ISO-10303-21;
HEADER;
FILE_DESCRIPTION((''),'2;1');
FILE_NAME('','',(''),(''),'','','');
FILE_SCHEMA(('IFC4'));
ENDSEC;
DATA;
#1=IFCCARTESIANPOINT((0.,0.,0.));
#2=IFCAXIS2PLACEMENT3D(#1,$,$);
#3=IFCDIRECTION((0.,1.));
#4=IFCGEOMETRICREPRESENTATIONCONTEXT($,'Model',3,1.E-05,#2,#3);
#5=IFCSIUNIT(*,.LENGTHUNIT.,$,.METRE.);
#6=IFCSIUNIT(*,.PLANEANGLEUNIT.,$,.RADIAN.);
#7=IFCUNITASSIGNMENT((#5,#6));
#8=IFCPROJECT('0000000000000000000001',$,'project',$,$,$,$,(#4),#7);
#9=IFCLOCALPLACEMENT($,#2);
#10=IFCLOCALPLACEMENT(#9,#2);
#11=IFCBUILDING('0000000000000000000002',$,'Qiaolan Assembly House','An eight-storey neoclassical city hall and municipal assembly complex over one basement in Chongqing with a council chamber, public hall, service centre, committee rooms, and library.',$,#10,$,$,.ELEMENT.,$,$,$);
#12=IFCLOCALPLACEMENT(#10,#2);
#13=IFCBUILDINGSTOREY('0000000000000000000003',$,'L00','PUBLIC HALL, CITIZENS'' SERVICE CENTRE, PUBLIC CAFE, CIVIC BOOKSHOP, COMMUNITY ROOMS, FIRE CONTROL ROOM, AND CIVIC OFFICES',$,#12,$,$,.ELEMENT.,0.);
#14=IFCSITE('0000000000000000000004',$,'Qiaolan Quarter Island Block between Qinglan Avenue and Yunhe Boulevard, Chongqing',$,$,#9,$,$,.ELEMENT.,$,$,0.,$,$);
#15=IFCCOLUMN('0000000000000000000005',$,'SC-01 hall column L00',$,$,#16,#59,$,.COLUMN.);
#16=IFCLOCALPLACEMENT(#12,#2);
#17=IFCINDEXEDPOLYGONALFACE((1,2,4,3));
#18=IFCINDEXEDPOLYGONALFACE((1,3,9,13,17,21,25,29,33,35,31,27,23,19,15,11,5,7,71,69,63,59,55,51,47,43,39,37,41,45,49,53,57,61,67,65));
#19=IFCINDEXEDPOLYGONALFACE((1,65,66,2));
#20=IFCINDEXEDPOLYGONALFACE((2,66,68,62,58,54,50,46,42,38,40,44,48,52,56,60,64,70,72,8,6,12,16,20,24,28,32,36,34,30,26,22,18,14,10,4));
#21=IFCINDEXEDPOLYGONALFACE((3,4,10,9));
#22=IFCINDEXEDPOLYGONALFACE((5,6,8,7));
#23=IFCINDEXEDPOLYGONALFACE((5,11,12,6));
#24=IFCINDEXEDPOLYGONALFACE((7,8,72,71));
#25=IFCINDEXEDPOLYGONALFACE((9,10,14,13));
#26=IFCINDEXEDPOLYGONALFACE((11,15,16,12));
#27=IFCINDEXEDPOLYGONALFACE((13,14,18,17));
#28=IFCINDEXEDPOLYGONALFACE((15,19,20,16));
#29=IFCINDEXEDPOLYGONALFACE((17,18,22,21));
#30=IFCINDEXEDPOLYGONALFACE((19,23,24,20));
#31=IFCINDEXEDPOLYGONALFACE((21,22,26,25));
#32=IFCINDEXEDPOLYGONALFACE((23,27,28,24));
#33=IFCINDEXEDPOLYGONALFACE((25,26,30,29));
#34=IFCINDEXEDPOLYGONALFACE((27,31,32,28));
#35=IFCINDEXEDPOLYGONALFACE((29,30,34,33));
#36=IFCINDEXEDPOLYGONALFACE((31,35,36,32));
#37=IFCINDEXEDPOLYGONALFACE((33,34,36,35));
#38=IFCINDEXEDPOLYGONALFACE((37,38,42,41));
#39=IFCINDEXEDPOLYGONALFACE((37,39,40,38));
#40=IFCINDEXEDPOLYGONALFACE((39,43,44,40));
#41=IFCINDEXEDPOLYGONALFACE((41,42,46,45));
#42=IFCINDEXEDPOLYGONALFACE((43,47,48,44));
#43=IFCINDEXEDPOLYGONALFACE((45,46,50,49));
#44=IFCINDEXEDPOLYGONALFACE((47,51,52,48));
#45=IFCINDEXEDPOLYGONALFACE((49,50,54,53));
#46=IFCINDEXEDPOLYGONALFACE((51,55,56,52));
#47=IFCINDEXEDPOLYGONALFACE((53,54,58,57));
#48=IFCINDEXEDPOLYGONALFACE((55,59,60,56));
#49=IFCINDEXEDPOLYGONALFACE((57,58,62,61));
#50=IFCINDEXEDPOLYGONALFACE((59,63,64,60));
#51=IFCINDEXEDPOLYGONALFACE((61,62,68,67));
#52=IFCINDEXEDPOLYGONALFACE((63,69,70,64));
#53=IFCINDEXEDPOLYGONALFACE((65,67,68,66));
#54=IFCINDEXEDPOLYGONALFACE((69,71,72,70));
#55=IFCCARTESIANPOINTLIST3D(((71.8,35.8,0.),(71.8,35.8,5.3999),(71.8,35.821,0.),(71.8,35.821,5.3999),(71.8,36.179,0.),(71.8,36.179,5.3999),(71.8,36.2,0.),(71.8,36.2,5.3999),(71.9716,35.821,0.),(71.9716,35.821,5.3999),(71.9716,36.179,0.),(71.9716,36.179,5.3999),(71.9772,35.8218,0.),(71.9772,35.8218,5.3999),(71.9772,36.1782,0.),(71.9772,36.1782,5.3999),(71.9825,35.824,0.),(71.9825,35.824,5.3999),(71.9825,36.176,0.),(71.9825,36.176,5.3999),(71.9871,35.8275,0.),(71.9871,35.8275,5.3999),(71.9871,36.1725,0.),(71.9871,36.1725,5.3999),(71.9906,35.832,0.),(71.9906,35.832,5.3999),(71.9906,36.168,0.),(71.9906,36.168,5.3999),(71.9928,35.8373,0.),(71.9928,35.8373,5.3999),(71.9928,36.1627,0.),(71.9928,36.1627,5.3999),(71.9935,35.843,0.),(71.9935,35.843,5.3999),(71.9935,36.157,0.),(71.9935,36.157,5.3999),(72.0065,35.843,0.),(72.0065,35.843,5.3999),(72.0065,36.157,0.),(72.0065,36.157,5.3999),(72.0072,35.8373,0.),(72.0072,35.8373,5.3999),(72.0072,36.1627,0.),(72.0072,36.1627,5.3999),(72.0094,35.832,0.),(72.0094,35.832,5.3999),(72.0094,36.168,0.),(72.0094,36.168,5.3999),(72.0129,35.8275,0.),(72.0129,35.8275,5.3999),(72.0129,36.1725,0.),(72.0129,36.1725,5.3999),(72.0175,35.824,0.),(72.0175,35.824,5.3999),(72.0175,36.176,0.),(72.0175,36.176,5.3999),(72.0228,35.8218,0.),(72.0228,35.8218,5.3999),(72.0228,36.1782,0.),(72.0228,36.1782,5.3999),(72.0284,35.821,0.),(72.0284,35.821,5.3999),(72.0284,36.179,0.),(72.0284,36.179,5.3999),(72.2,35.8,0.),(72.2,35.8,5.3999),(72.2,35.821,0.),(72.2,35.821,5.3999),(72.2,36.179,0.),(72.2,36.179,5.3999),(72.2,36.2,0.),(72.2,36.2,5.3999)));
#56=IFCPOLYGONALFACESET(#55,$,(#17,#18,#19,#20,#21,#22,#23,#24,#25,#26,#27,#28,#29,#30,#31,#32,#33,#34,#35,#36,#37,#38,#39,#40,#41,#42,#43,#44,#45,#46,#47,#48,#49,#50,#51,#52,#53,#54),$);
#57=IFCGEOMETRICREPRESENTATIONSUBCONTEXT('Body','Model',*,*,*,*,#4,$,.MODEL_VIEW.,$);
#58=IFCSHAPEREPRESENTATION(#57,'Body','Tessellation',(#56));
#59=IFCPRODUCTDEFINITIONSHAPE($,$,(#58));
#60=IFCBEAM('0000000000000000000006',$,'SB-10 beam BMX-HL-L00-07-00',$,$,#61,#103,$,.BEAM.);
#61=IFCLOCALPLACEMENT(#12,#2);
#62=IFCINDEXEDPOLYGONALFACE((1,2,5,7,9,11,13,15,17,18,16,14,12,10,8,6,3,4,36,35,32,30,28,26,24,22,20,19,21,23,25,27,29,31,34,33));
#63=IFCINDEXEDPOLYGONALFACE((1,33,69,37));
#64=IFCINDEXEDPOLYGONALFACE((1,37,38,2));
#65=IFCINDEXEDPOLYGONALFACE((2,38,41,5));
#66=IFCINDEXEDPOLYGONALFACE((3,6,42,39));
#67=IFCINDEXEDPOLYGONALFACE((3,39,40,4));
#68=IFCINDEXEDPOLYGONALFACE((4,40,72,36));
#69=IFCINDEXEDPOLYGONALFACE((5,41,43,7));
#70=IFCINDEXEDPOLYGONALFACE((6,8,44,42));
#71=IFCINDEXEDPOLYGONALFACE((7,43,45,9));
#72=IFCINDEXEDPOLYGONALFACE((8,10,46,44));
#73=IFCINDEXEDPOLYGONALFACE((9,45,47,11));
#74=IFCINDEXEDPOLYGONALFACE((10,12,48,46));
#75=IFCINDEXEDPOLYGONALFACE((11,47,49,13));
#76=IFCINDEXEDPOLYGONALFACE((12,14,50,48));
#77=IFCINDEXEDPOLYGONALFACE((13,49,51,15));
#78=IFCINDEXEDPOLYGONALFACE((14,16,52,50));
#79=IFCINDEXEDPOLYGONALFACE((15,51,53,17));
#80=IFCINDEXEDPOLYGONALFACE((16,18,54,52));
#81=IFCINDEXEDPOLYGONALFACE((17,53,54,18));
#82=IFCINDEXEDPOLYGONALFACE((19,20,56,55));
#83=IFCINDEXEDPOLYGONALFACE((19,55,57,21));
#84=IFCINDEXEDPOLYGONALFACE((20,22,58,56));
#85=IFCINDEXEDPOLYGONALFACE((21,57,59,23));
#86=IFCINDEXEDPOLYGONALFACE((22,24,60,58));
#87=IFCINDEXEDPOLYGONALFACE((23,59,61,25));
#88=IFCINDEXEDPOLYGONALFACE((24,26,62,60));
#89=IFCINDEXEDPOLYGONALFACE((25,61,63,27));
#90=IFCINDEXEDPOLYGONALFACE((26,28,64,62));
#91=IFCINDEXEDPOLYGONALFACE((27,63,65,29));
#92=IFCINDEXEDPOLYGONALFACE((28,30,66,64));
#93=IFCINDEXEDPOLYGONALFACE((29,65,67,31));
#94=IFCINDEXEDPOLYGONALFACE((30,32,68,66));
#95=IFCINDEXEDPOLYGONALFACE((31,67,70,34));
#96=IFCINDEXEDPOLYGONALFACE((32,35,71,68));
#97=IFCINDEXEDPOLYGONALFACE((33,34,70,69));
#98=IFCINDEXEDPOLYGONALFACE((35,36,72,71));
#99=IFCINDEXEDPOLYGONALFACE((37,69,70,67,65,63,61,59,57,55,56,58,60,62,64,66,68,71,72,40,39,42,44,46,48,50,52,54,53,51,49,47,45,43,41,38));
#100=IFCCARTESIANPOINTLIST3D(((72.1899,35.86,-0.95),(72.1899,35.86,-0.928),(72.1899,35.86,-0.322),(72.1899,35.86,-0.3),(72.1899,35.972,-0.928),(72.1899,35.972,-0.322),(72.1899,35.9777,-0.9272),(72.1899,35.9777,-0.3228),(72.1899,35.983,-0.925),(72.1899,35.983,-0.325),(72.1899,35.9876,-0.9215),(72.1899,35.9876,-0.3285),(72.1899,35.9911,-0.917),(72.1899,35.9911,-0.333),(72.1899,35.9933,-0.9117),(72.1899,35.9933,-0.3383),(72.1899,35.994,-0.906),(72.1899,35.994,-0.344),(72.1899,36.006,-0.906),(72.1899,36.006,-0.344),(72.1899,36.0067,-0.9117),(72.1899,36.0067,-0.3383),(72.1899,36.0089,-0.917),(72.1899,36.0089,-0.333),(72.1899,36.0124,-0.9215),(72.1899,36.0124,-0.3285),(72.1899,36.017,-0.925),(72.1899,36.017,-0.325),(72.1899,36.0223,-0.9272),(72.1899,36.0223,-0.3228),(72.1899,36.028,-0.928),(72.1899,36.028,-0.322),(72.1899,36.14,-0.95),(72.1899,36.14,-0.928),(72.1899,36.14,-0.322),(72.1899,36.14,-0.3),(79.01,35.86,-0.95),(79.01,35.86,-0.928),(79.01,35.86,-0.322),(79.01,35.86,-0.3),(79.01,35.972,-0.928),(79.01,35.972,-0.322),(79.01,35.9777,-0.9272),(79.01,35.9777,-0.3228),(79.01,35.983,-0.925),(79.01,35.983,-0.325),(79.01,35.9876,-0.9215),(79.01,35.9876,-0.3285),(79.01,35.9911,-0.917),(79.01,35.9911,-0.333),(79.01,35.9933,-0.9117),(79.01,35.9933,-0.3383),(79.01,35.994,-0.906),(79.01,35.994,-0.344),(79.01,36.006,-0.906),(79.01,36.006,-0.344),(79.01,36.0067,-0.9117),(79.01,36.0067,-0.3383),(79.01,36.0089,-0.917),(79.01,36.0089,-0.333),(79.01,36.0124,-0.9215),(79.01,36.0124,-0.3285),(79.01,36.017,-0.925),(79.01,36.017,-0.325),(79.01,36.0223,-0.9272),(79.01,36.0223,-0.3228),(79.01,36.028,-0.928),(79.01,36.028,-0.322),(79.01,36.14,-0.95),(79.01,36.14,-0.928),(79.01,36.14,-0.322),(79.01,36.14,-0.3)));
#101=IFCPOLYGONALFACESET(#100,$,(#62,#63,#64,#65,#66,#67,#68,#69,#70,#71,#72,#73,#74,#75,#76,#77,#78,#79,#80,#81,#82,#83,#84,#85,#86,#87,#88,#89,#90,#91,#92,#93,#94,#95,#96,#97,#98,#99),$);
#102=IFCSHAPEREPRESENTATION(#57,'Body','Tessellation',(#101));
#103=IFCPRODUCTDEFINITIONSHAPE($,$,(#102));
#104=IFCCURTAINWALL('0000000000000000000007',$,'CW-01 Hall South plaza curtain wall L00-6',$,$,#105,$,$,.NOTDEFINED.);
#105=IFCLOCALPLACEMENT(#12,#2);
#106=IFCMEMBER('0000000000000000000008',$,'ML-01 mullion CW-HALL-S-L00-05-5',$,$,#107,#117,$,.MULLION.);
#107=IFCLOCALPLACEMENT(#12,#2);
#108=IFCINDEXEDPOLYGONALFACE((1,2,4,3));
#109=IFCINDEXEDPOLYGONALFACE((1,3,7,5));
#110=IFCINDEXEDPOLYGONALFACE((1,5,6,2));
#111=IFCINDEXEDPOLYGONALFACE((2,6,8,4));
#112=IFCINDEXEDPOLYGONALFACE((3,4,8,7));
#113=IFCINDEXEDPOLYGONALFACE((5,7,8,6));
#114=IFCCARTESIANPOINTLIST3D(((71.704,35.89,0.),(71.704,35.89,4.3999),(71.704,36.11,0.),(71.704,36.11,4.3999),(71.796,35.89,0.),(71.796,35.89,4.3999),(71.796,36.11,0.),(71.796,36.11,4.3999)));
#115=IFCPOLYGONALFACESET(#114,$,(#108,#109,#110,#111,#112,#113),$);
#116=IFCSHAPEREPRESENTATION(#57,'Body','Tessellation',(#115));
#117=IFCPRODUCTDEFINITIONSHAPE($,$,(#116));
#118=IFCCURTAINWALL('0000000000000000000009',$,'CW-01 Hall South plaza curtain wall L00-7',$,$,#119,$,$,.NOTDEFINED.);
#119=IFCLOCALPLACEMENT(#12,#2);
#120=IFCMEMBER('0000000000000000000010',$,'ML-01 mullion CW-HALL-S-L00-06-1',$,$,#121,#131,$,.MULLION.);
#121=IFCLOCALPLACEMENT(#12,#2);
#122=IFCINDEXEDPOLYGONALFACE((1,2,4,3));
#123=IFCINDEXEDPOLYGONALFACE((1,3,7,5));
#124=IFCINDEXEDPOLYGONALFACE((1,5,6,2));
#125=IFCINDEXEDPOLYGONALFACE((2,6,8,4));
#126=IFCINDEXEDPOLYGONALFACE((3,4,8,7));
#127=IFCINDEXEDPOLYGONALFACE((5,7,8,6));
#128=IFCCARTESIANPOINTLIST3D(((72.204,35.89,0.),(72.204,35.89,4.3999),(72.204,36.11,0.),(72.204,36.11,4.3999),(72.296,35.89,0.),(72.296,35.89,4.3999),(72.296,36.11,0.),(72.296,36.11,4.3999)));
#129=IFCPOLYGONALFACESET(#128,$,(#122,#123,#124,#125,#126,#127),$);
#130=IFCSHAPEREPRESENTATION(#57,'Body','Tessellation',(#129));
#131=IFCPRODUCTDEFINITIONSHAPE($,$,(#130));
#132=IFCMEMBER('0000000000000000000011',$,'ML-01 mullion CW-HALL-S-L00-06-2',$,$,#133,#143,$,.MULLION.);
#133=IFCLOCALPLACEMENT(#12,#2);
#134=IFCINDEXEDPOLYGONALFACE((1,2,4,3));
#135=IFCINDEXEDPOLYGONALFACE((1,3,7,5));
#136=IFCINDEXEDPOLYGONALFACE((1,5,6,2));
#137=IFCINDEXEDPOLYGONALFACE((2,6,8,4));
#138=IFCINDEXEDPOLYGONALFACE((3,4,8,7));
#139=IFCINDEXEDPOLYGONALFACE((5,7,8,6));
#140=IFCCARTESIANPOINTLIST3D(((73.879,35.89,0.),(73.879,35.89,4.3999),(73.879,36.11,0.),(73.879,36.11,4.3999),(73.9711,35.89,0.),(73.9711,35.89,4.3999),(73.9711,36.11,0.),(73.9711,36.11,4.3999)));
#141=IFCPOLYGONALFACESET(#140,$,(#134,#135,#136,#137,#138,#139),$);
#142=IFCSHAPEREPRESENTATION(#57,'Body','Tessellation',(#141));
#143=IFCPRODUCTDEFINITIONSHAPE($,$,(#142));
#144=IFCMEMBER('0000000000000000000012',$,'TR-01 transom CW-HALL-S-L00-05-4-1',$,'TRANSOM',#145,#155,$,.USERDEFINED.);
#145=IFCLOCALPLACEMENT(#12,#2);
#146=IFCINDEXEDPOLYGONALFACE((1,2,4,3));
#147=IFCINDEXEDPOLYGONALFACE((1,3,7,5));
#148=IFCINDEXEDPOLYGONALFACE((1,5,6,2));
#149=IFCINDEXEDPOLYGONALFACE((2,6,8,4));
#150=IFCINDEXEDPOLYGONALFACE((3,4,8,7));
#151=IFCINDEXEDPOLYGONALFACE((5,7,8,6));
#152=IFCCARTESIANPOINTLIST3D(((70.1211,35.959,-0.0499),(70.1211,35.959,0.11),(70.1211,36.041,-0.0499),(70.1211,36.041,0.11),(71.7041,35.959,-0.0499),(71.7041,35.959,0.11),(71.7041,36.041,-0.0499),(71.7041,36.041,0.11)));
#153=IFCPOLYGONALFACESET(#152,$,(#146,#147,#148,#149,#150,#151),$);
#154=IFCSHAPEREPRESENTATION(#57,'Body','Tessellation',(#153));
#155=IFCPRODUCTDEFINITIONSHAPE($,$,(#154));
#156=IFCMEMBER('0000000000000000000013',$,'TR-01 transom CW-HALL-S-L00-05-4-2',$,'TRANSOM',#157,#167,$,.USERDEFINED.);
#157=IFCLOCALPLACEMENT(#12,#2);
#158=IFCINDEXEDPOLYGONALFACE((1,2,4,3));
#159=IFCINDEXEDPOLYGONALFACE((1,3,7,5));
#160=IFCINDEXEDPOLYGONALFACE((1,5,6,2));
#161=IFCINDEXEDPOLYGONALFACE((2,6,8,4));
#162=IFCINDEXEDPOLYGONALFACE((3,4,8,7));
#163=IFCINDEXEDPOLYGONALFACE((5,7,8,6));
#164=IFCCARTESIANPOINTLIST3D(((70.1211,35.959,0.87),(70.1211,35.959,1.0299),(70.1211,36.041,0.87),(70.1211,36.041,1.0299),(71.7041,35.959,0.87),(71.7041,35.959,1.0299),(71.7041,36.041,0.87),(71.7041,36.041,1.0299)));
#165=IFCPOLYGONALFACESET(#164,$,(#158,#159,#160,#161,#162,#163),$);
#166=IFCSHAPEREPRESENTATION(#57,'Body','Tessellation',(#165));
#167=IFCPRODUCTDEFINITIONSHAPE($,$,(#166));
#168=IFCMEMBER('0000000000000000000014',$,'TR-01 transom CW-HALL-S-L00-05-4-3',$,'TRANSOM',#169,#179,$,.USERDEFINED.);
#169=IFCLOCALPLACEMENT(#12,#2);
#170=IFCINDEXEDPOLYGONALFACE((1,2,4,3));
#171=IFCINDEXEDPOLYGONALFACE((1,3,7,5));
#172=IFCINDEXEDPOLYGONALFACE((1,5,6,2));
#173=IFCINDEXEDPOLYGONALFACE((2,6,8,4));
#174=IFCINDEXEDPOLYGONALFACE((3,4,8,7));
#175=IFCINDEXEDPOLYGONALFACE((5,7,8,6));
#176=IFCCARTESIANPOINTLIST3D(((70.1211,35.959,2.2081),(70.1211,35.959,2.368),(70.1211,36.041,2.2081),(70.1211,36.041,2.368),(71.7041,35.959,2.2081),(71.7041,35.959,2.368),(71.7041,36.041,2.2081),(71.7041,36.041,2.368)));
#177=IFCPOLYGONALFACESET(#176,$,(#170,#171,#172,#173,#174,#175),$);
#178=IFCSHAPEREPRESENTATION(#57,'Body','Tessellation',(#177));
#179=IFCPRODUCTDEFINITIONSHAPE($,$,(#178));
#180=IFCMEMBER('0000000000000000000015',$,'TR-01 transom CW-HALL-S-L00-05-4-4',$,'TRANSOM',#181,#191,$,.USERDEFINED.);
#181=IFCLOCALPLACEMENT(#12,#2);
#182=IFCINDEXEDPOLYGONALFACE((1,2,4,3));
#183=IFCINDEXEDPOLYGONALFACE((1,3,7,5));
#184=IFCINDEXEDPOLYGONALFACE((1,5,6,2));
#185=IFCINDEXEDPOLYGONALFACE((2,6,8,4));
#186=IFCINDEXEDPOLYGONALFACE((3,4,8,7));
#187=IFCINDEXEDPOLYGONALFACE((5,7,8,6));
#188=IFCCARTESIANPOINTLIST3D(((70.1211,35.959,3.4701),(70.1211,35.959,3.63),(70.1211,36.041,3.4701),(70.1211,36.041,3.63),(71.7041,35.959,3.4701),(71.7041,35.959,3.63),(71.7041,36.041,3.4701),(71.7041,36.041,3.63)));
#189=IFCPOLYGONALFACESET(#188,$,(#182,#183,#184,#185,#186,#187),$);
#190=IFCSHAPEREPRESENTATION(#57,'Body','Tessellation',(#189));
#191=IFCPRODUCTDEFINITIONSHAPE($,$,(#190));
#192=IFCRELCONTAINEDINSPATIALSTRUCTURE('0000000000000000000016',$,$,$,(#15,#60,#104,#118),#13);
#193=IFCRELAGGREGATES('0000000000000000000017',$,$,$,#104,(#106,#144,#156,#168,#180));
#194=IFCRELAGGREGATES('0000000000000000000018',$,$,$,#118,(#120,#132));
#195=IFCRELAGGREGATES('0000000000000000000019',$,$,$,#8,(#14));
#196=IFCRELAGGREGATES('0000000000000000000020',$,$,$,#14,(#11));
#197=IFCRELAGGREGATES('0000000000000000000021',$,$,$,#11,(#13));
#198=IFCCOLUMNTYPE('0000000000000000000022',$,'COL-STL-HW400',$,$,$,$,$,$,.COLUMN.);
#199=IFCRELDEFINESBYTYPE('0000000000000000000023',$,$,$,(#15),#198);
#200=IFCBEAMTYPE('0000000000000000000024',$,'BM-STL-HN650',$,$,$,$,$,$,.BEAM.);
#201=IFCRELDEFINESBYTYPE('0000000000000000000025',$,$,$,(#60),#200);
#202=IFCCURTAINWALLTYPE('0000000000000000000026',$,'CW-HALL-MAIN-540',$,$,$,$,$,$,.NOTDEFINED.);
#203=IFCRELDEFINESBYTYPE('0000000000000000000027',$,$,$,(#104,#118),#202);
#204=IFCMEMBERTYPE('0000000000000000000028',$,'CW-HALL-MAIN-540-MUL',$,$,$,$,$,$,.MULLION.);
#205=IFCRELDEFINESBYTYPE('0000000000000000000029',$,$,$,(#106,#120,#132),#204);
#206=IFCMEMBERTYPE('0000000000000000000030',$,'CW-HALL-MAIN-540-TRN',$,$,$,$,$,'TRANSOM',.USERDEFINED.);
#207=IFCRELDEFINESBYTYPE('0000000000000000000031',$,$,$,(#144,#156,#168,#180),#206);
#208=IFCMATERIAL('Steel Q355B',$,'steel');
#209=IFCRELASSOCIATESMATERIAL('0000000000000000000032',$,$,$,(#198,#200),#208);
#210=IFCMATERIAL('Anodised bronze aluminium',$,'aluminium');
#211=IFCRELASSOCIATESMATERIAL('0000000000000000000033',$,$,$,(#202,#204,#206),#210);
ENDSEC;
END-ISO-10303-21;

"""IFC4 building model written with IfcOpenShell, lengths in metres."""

from ifc_helpers import new_model, si_unit, direction, frame, origin, origin_2d, place, context, subcontext, project, spatial, rectangle, i_section, extrude, material, material_profile, profile_set, type_object, element, aggregate, save


model = new_model("IFC4")

# Units and contexts
model_context = context("Model", 3, precision=1e-05, world=origin(), true_north=direction((0.0, 1.0)))
body_context = subcontext(model_context, "Body", "Model", "MODEL_VIEW")
ifc_project = project(units=[si_unit("LENGTHUNIT", "METRE"), si_unit("PLANEANGLEUNIT", "RADIAN")], contexts=[model_context])

# Site, building, storey
site_placement = place(None, origin())
site = spatial("IfcSite", under=ifc_project, at=site_placement, Name="Qiaolan Quarter Island Block between Qinglan Avenue and Yunhe Boulevard, Chongqing", CompositionType="ELEMENT", RefElevation=0.0)
building_placement = place(site_placement, origin())
building = spatial("IfcBuilding", under=site, at=building_placement, Name="Qiaolan Assembly House", Description="An eight-storey neoclassical city hall and municipal assembly complex over one basement in Chongqing with a council chamber, public hall, service centre, committee rooms, and library.", CompositionType="ELEMENT")
storey_placement = place(building_placement, origin())
storey = spatial("IfcBuildingStorey", under=building, at=storey_placement, Name="L00", Description="PUBLIC HALL, CITIZENS' SERVICE CENTRE, PUBLIC CAFE, CIVIC BOOKSHOP, COMMUNITY ROOMS, FIRE CONTROL ROOM, AND CIVIC OFFICES", CompositionType="ELEMENT", Elevation=0.0)

# Column
ifc_material_1 = material(Name="Steel Q355B", Category="steel")
ifc_material_profile_1 = material_profile(ifc_material_1, i_section(OverallWidth=0.3999, OverallDepth=0.3999, WebThickness=0.0129, FlangeThickness=0.021, FilletRadius=0.022, at=origin_2d()), Name="HW 400x400x13x21")
ifc_profile_set_1 = profile_set([ifc_material_profile_1], Name="Steel Q355B")
column_type = type_object("IfcColumnType", Name="COL-STL-HW400", PredefinedType="COLUMN", material=ifc_profile_set_1)
column_placement = place(storey_placement, frame((72.0, 36.0, 0.0), z_axis=(0.0, 0.0, 1.0), x_axis=(1.0, 0.0, 0.0)))
element("IfcColumn", 1, at=column_placement, inside=storey, type_object=column_type, Name="SC-01 hall column L00", PredefinedType="COLUMN", context=body_context, shape_type="SweptSolid", body=[
    extrude(i_section(OverallWidth=0.3999, OverallDepth=0.3999, WebThickness=0.0129, FlangeThickness=0.021, FilletRadius=0.022, at=origin_2d()), origin(), (0.0, 0.0, 1.0), 5.3999),
])

# Beam
ifc_material_profile_2 = material_profile(ifc_material_1, i_section(OverallWidth=0.28, OverallDepth=0.6499, WebThickness=0.012, FlangeThickness=0.022, FilletRadius=0.022, at=origin_2d()), Name="HN 650x280x12x22")
ifc_profile_set_2 = profile_set([ifc_material_profile_2], Name="Steel Q355B")
beam_type = type_object("IfcBeamType", Name="BM-STL-HN650", PredefinedType="BEAM", material=ifc_profile_set_2)
beam_placement = place(storey_placement, frame((72.1899, 36.0, -0.625), z_axis=(1.0, 0.0, 0.0), x_axis=(0.0, 1.0, 0.0)))
element("IfcBeam", 2, at=beam_placement, inside=storey, type_object=beam_type, Name="SB-10 beam BMX-HL-L00-07-00", PredefinedType="BEAM", context=body_context, shape_type="SweptSolid", body=[
    extrude(i_section(OverallWidth=0.28, OverallDepth=0.6499, WebThickness=0.012, FlangeThickness=0.022, FilletRadius=0.022, at=origin_2d()), origin(), (0.0, 0.0, 1.0), 6.8201),
])

# Curtain wall, member
ifc_material_2 = material(Name="Anodised bronze aluminium", Category="aluminium")
curtain_wall_type = type_object("IfcCurtainWallType", Name="CW-HALL-MAIN-540", PredefinedType="NOTDEFINED", material=ifc_material_2)
curtain_wall_1_placement = place(storey_placement, origin())
curtain_wall_1 = element("IfcCurtainWall", 3, at=curtain_wall_1_placement, inside=storey, type_object=curtain_wall_type, Name="CW-01 Hall South plaza curtain wall L00-6", PredefinedType="NOTDEFINED")
ifc_material_profile_3 = material_profile(ifc_material_2, rectangle(XDim=0.092, YDim=0.22, at=origin_2d()), Name="MUL 92x220")
ifc_profile_set_3 = profile_set([ifc_material_profile_3], Name="Anodised bronze aluminium")
member_type_1 = type_object("IfcMemberType", Name="CW-HALL-MAIN-540-MUL", PredefinedType="MULLION", material=ifc_profile_set_3)
member_1_placement = place(storey_placement, frame((71.75, 36.0, 0.0), z_axis=(0.0, 0.0, 1.0), x_axis=(1.0, 0.0, 0.0)))
member_1 = element("IfcMember", 4, at=member_1_placement, type_object=member_type_1, Name="ML-01 mullion CW-HALL-S-L00-05-5", PredefinedType="MULLION", context=body_context, shape_type="SweptSolid", body=[
    extrude(rectangle(XDim=0.092, YDim=0.22, at=origin_2d()), origin(), (0.0, 0.0, 1.0), 4.3999),
])

# Curtain wall, members
curtain_wall_2_placement = place(storey_placement, origin())
curtain_wall_2 = element("IfcCurtainWall", 5, at=curtain_wall_2_placement, inside=storey, type_object=curtain_wall_type, Name="CW-01 Hall South plaza curtain wall L00-7", PredefinedType="NOTDEFINED")
member_2_placement = place(storey_placement, frame((72.25, 36.0, 0.0), z_axis=(0.0, 0.0, 1.0), x_axis=(1.0, 0.0, 0.0)))
member_2 = element("IfcMember", 6, at=member_2_placement, type_object=member_type_1, Name="ML-01 mullion CW-HALL-S-L00-06-1", PredefinedType="MULLION", context=body_context, shape_type="SweptSolid", body=[
    extrude(rectangle(XDim=0.092, YDim=0.22, at=origin_2d()), origin(), (0.0, 0.0, 1.0), 4.3999),
])
member_3_placement = place(storey_placement, frame((73.925, 36.0, 0.0), z_axis=(0.0, 0.0, 1.0), x_axis=(1.0, 0.0, 0.0)))
member_3 = element("IfcMember", 7, at=member_3_placement, type_object=member_type_1, Name="ML-01 mullion CW-HALL-S-L00-06-2", PredefinedType="MULLION", context=body_context, shape_type="SweptSolid", body=[
    extrude(rectangle(XDim=0.092, YDim=0.22, at=origin_2d()), origin(), (0.0, 0.0, 1.0), 4.3999),
])

# Members
ifc_material_profile_4 = material_profile(ifc_material_2, rectangle(XDim=0.082, YDim=0.1599, at=origin_2d()), Name="TRN 82x160")
ifc_profile_set_4 = profile_set([ifc_material_profile_4], Name="Anodised bronze aluminium")
member_type_2 = type_object("IfcMemberType", Name="CW-HALL-MAIN-540-TRN", ElementType="TRANSOM", PredefinedType="USERDEFINED", material=ifc_profile_set_4)
member_4_placement = place(storey_placement, frame((70.1211, 36.0, 0.03), z_axis=(1.0, 0.0, 0.0), x_axis=(0.0, 1.0, 0.0)))
member_4 = element("IfcMember", 8, at=member_4_placement, type_object=member_type_2, Name="TR-01 transom CW-HALL-S-L00-05-4-1", ObjectType="TRANSOM", PredefinedType="USERDEFINED", context=body_context, shape_type="SweptSolid", body=[
    extrude(rectangle(XDim=0.082, YDim=0.1599, at=origin_2d()), origin(), (0.0, 0.0, 1.0), 1.583),
])
member_5_placement = place(storey_placement, frame((70.1211, 36.0, 0.95), z_axis=(1.0, 0.0, 0.0), x_axis=(0.0, 1.0, 0.0)))
member_5 = element("IfcMember", 9, at=member_5_placement, type_object=member_type_2, Name="TR-01 transom CW-HALL-S-L00-05-4-2", ObjectType="TRANSOM", PredefinedType="USERDEFINED", context=body_context, shape_type="SweptSolid", body=[
    extrude(rectangle(XDim=0.082, YDim=0.1599, at=origin_2d()), origin(), (0.0, 0.0, 1.0), 1.583),
])
member_6_placement = place(storey_placement, frame((70.1211, 36.0, 2.2881), z_axis=(1.0, 0.0, 0.0), x_axis=(0.0, 1.0, 0.0)))
member_6 = element("IfcMember", 10, at=member_6_placement, type_object=member_type_2, Name="TR-01 transom CW-HALL-S-L00-05-4-3", ObjectType="TRANSOM", PredefinedType="USERDEFINED", context=body_context, shape_type="SweptSolid", body=[
    extrude(rectangle(XDim=0.082, YDim=0.1599, at=origin_2d()), origin(), (0.0, 0.0, 1.0), 1.583),
])
member_7_placement = place(storey_placement, frame((70.1211, 36.0, 3.55), z_axis=(1.0, 0.0, 0.0), x_axis=(0.0, 1.0, 0.0)))
member_7 = element("IfcMember", 11, at=member_7_placement, type_object=member_type_2, Name="TR-01 transom CW-HALL-S-L00-05-4-4", ObjectType="TRANSOM", PredefinedType="USERDEFINED", context=body_context, shape_type="SweptSolid", body=[
    extrude(rectangle(XDim=0.082, YDim=0.1599, at=origin_2d()), origin(), (0.0, 0.0, 1.0), 1.583),
])

aggregate(curtain_wall_1, [member_1, member_4, member_5, member_6, member_7])
aggregate(curtain_wall_2, [member_2, member_3])

save(model, "model.ifc")
